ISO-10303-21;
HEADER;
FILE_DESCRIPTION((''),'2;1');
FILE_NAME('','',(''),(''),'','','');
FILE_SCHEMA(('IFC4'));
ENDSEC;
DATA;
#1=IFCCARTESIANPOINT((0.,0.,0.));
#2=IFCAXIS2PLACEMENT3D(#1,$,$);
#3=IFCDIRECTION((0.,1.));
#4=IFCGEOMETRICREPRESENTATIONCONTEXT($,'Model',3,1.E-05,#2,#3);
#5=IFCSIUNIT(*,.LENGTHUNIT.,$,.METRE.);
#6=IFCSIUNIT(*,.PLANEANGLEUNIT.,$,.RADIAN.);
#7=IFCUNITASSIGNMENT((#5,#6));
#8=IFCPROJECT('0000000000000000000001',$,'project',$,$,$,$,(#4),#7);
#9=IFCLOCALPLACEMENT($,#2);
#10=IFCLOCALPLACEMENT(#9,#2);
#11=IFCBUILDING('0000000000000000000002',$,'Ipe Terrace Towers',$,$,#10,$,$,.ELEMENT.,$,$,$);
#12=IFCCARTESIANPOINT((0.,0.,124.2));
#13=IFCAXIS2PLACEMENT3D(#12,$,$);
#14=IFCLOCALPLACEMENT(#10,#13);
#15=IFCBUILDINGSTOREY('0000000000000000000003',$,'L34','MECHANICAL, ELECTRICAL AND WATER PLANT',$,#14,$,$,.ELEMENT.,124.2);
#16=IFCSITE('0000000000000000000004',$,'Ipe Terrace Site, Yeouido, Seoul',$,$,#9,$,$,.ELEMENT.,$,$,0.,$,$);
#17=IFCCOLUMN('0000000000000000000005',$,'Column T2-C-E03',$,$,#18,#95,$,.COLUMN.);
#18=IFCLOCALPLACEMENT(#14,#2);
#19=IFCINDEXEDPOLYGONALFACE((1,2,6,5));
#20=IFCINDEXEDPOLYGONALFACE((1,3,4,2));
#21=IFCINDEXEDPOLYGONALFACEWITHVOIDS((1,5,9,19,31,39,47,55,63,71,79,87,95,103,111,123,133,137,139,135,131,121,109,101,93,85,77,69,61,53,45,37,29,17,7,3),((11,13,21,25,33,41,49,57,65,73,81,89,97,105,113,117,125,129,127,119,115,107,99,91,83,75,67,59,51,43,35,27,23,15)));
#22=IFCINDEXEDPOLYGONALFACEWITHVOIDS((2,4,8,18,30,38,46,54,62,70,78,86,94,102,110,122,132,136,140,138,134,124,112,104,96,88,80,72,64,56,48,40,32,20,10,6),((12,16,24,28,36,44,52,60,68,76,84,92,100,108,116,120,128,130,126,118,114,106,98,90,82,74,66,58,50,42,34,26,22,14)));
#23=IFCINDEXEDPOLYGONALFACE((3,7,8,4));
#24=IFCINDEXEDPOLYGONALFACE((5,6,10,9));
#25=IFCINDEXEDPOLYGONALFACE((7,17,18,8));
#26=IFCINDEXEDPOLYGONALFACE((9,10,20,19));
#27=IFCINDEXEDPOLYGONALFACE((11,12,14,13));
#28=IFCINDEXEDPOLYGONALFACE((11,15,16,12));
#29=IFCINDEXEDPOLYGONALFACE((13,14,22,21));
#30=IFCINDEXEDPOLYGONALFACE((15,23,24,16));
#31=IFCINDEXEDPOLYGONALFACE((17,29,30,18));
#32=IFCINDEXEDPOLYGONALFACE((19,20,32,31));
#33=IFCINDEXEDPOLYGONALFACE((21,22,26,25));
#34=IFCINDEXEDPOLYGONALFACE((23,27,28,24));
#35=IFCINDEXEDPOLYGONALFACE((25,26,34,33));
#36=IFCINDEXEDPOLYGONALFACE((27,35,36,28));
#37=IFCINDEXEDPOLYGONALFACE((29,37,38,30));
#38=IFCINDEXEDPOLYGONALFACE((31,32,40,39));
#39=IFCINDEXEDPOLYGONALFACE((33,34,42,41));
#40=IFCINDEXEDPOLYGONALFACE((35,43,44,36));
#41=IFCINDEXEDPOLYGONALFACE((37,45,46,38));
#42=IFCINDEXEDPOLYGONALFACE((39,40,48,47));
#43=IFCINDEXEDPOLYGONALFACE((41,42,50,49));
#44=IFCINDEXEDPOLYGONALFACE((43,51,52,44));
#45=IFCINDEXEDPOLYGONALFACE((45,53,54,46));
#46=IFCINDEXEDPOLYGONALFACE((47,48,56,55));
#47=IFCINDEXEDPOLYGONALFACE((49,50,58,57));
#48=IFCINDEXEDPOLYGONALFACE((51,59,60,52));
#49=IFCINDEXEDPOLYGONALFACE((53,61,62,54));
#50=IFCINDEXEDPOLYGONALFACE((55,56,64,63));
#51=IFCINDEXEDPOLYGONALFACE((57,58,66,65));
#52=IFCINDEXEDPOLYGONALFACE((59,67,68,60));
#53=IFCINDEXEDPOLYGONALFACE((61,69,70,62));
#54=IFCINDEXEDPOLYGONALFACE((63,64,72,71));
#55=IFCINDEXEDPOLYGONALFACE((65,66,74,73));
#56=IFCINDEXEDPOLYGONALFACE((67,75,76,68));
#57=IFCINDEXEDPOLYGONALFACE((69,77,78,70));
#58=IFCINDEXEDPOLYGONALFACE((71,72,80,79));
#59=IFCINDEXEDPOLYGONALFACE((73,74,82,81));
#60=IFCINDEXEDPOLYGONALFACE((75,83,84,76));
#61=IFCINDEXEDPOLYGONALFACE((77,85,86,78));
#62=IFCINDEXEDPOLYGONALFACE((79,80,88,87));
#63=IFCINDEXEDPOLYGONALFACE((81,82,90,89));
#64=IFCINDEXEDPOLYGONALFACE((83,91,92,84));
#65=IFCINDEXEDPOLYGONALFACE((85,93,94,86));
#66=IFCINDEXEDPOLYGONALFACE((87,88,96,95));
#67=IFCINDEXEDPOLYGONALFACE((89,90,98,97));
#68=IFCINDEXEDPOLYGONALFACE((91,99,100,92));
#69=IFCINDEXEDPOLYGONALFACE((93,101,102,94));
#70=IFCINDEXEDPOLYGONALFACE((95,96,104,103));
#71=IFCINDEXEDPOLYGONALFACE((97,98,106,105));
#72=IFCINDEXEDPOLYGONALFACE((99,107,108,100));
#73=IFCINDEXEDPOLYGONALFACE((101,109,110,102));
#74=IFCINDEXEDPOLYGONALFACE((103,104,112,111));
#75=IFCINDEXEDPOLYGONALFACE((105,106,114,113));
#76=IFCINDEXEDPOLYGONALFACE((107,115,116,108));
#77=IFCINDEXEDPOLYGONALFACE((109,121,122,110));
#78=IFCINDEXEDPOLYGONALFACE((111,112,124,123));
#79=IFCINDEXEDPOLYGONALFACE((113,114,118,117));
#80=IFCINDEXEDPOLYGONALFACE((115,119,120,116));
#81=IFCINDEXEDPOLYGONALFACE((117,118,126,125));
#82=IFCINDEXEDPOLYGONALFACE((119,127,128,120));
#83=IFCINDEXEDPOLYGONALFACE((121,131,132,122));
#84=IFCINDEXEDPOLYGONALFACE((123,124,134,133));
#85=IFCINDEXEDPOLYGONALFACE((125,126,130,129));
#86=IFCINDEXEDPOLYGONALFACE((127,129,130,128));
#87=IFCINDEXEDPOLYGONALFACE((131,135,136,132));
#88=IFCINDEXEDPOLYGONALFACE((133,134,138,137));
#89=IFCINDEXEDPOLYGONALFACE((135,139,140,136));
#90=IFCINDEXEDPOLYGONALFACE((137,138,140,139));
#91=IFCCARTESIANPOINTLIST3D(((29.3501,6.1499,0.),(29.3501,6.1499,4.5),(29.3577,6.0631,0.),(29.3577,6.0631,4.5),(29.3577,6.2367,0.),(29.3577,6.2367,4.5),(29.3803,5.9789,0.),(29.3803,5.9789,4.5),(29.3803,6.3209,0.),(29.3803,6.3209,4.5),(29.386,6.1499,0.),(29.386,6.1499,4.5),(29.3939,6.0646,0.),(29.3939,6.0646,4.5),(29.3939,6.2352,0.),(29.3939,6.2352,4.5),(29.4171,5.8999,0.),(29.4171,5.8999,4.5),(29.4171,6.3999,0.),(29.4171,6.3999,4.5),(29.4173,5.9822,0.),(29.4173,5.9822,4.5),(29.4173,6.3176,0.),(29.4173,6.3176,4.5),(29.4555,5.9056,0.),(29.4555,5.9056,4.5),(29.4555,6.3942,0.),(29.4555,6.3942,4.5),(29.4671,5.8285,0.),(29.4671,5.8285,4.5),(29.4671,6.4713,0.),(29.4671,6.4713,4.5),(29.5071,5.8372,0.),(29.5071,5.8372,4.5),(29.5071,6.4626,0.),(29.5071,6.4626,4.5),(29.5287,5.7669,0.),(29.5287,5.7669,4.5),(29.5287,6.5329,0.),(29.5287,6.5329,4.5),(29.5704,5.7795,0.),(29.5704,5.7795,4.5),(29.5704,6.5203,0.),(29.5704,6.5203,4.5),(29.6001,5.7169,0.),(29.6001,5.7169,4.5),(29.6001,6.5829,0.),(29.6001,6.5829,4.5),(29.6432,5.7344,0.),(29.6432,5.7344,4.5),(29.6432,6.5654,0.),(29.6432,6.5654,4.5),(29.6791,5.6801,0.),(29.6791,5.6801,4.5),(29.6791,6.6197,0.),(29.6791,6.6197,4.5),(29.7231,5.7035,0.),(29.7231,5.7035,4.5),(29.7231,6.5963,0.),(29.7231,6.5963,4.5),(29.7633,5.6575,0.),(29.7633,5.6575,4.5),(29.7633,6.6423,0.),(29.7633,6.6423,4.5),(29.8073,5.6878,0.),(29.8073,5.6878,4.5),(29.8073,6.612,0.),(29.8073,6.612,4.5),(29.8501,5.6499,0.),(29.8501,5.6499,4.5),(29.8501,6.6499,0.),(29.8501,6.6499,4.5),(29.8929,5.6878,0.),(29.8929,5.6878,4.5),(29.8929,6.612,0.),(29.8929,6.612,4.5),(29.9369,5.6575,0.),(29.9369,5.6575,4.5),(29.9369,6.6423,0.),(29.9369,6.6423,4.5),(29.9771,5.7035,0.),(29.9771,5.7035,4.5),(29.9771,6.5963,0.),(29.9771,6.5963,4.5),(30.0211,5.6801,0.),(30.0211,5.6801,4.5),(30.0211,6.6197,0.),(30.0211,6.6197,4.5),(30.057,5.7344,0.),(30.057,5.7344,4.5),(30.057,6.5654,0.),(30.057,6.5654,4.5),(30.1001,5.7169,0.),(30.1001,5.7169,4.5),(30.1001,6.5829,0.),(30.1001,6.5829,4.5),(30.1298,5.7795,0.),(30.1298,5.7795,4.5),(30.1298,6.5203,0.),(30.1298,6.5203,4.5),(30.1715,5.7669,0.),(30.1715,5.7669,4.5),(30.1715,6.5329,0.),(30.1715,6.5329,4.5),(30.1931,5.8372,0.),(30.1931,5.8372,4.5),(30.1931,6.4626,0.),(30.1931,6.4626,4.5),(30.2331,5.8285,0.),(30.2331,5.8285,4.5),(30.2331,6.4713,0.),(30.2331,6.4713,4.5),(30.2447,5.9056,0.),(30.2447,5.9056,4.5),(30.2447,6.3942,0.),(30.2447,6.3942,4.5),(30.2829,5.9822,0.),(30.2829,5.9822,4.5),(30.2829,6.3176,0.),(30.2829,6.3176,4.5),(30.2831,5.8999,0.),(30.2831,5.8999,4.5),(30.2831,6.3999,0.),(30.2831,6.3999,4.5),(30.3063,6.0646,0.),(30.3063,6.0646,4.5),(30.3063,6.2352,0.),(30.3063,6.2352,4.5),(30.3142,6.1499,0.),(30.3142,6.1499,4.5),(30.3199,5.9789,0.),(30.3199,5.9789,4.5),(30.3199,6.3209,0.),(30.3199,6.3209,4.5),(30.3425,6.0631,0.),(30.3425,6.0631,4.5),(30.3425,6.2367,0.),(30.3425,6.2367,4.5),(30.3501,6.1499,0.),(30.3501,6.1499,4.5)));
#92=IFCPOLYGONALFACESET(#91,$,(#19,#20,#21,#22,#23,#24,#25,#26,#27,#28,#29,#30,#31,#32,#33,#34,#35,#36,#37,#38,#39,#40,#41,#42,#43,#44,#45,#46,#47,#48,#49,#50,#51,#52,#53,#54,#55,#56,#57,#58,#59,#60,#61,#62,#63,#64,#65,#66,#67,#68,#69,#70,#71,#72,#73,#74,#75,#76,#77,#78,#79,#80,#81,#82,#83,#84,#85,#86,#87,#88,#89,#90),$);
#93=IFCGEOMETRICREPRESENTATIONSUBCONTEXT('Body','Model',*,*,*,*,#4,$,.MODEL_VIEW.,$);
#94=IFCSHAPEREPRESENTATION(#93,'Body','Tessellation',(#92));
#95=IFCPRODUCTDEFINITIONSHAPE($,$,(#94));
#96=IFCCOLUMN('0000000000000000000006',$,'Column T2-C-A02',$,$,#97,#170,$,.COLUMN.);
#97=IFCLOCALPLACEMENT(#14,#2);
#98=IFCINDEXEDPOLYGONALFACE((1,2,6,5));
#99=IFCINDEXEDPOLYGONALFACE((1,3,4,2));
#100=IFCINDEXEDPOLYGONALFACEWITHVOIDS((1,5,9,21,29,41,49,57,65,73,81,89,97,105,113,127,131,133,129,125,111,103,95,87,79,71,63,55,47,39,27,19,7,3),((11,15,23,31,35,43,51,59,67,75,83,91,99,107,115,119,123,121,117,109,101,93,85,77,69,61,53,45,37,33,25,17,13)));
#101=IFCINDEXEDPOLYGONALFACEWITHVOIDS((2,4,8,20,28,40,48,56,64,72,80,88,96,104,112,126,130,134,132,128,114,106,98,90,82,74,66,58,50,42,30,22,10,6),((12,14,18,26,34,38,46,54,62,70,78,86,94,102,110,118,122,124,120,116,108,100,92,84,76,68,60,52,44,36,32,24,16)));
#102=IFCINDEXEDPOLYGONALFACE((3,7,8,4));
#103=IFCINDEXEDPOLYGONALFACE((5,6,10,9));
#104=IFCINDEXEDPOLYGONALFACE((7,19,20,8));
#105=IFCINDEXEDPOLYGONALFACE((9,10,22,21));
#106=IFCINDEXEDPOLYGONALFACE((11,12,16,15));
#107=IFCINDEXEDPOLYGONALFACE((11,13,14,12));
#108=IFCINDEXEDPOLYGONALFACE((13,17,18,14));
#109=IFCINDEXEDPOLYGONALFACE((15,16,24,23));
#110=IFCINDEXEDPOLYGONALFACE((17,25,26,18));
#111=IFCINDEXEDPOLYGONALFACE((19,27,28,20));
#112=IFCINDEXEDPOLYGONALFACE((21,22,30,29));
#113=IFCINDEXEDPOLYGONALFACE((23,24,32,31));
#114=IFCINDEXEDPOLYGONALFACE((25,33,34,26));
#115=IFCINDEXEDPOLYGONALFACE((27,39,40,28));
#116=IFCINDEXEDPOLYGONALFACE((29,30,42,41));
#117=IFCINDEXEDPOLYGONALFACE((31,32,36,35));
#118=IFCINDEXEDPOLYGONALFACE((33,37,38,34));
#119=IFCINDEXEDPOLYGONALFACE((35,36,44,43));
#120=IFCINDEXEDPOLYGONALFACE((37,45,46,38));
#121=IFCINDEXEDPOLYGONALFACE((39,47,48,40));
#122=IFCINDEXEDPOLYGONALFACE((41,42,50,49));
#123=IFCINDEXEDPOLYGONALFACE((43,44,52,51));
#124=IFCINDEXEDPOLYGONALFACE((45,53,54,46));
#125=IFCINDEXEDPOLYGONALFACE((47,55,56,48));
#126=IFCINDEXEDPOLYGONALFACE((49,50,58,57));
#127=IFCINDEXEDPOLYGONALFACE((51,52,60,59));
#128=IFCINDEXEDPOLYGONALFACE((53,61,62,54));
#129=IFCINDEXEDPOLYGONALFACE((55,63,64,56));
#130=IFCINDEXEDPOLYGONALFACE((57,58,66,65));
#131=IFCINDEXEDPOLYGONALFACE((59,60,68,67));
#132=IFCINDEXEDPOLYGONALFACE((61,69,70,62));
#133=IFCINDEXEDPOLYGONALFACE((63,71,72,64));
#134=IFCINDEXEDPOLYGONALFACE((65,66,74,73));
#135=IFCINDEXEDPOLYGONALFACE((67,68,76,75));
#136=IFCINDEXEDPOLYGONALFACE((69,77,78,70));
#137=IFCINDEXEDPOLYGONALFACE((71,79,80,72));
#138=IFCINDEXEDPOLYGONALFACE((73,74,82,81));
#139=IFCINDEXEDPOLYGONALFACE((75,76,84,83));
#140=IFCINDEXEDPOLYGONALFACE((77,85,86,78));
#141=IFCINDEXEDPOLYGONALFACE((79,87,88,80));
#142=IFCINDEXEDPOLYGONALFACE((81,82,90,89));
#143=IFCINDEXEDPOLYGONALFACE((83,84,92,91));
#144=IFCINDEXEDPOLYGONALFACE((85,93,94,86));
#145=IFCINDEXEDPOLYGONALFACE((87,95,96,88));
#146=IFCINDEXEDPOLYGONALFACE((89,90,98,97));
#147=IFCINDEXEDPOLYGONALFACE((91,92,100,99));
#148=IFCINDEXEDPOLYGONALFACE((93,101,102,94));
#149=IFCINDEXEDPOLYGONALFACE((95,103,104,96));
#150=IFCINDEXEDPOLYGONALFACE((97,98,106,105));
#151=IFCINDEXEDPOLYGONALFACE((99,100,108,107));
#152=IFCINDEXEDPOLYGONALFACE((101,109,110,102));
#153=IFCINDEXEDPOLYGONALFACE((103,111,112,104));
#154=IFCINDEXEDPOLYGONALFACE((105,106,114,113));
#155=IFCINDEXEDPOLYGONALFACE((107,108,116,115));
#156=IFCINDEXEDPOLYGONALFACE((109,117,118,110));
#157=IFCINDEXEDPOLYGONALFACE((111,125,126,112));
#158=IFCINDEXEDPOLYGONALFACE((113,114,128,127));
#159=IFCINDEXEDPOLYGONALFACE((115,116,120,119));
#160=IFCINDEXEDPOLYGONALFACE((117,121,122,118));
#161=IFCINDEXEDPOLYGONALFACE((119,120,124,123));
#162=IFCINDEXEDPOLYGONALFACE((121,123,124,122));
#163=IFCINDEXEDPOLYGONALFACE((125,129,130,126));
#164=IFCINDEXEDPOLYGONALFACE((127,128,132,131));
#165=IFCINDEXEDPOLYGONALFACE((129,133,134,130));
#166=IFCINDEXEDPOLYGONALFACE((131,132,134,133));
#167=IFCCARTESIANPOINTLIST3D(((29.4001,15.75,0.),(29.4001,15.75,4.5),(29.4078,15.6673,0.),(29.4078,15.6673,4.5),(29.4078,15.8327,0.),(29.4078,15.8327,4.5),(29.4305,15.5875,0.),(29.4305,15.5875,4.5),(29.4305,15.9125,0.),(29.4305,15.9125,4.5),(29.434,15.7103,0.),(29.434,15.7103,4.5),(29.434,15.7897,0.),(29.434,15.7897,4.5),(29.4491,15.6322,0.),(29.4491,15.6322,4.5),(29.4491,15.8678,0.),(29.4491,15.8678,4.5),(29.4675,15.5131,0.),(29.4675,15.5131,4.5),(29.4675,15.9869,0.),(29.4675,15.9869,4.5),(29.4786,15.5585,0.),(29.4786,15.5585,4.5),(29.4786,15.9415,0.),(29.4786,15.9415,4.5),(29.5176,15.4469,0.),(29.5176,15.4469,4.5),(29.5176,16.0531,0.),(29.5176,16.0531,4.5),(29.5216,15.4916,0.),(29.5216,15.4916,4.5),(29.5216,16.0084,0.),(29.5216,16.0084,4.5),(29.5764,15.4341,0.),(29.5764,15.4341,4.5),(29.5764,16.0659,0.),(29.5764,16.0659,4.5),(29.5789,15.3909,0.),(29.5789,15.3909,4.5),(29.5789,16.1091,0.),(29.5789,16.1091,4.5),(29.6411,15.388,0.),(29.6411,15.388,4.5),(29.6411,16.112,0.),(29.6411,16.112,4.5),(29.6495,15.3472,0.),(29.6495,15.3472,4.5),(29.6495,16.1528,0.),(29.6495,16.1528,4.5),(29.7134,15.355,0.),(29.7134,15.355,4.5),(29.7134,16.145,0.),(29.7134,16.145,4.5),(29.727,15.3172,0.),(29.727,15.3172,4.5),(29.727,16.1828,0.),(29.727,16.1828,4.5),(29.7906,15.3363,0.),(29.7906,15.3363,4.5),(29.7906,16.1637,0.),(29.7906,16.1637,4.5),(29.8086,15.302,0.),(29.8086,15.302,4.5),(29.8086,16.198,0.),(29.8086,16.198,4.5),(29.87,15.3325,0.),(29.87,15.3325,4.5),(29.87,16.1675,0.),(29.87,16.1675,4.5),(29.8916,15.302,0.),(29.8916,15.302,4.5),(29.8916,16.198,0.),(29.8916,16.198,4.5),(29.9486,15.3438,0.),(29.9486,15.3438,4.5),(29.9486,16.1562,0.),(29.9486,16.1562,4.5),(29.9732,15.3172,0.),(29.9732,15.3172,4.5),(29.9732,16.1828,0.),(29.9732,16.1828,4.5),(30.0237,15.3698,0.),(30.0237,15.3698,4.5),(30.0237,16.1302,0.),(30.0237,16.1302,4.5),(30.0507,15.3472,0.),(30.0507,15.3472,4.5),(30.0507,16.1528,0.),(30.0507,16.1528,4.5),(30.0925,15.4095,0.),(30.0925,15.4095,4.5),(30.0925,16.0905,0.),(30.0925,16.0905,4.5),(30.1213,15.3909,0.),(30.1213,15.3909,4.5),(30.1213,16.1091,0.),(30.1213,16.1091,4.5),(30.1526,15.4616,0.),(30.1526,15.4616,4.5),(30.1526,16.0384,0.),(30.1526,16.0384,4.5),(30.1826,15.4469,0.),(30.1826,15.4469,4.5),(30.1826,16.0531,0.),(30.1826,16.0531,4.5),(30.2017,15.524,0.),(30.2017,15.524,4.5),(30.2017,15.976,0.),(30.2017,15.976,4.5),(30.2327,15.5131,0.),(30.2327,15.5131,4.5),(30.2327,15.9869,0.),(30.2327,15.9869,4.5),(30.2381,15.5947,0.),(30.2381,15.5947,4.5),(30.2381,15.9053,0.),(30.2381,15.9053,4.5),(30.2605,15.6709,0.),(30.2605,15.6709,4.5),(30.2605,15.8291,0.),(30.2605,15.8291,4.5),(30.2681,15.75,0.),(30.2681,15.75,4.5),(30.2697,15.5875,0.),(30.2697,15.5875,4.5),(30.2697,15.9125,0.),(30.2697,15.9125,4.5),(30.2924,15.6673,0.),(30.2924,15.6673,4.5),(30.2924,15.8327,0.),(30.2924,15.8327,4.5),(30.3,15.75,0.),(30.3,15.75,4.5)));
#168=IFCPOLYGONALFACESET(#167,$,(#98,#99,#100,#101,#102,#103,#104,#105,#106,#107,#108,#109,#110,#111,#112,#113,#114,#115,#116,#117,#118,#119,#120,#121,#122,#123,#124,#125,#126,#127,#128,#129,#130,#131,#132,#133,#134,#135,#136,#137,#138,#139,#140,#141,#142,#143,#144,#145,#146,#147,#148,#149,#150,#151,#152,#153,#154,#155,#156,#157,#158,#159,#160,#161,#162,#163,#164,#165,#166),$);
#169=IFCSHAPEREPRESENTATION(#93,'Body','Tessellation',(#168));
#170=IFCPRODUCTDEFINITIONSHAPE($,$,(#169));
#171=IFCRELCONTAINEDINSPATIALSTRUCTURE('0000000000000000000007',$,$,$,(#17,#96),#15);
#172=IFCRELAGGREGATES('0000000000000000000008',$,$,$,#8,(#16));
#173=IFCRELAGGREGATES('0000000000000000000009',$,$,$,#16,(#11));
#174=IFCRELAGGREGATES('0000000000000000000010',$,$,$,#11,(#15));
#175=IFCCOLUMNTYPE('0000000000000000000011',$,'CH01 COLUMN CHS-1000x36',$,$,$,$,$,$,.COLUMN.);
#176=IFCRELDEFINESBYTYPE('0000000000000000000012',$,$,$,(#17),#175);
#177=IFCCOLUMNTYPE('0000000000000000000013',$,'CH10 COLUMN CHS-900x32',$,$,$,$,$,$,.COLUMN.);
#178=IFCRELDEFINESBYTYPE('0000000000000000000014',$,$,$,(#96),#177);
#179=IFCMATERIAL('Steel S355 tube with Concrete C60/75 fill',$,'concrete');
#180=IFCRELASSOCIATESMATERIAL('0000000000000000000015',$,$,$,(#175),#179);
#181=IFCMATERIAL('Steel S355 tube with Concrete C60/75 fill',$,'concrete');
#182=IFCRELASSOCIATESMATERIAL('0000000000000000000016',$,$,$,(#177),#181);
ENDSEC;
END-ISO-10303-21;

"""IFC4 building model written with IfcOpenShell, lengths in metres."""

from ifc_helpers import new_model, si_unit, direction, frame, origin, origin_2d, place, context, subcontext, project, spatial, hollow_circle, extrude, material, material_profile, profile_set, type_object, element, save


model = new_model("IFC4")

# Units and contexts
model_context = context("Model", 3, precision=1e-05, world=origin(), true_north=direction((0.0, 1.0)))
body_context = subcontext(model_context, "Body", "Model", "MODEL_VIEW")
ifc_project = project(units=[si_unit("LENGTHUNIT", "METRE"), si_unit("PLANEANGLEUNIT", "RADIAN")], contexts=[model_context])

# Site, building, storey
site_placement = place(None, origin())
site = spatial("IfcSite", under=ifc_project, at=site_placement, Name="Ipe Terrace Site, Yeouido, Seoul", CompositionType="ELEMENT", RefElevation=0.0)
building_placement = place(site_placement, origin())
building = spatial("IfcBuilding", under=site, at=building_placement, Name="Ipe Terrace Towers", CompositionType="ELEMENT")
storey_placement = place(building_placement, frame((0.0, 0.0, 124.2)))
storey = spatial("IfcBuildingStorey", under=building, at=storey_placement, Name="L34", Description="MECHANICAL, ELECTRICAL AND WATER PLANT", CompositionType="ELEMENT", Elevation=124.2)

# Columns
ifc_material_1 = material(Name="Steel S355 tube with Concrete C60/75 fill", Category="concrete")
ifc_material_profile_1 = material_profile(ifc_material_1, hollow_circle(Radius=0.5, WallThickness=0.0359, at=origin_2d()), Name="CHS-1000x36")
ifc_profile_set_1 = profile_set([ifc_material_profile_1], Name="Steel S355 tube with Concrete C60/75 fill")
column_type_1 = type_object("IfcColumnType", Name="CH01 COLUMN CHS-1000x36", PredefinedType="COLUMN", material=ifc_profile_set_1)
column_placement = place(storey_placement, frame((29.8501, 6.1499, 0.0), z_axis=(0.0, 0.0, 1.0), x_axis=(1.0, 0.0, 0.0)))
element("IfcColumn", 1, at=column_placement, inside=storey, type_object=column_type_1, Name="Column T2-C-E03", PredefinedType="COLUMN", context=body_context, shape_type="SweptSolid", body=[
    extrude(hollow_circle(Radius=0.5, WallThickness=0.0359, at=origin_2d()), origin(), (0.0, 0.0, 1.0), 4.5),
])
ifc_material_2 = material(Name="Steel S355 tube with Concrete C60/75 fill", Category="concrete")
ifc_material_profile_2 = material_profile(ifc_material_2, hollow_circle(Radius=0.45, WallThickness=0.032, at=origin_2d()), Name="CHS-900x32")
ifc_profile_set_2 = profile_set([ifc_material_profile_2], Name="Steel S355 tube with Concrete C60/75 fill")
column_type_2 = type_object("IfcColumnType", Name="CH10 COLUMN CHS-900x32", PredefinedType="COLUMN", material=ifc_profile_set_2)
for number, where, z_axis, x_axis, name in (
    (2, (29.8501, 15.75, 0.0), (0.0, 0.0, 1.0), (1.0, 0.0, 0.0), "Column T2-C-A02"),
):
    element("IfcColumn", number, at=place(storey_placement, frame(where, z_axis=z_axis, x_axis=x_axis)), inside=storey, type_object=column_type_2, Name=name, PredefinedType="COLUMN", context=body_context, shape_type="SweptSolid", body=[
        extrude(hollow_circle(Radius=0.45, WallThickness=0.032, at=origin_2d()), origin(), (0.0, 0.0, 1.0), 4.5),
    ])

save(model, "model.ifc")
